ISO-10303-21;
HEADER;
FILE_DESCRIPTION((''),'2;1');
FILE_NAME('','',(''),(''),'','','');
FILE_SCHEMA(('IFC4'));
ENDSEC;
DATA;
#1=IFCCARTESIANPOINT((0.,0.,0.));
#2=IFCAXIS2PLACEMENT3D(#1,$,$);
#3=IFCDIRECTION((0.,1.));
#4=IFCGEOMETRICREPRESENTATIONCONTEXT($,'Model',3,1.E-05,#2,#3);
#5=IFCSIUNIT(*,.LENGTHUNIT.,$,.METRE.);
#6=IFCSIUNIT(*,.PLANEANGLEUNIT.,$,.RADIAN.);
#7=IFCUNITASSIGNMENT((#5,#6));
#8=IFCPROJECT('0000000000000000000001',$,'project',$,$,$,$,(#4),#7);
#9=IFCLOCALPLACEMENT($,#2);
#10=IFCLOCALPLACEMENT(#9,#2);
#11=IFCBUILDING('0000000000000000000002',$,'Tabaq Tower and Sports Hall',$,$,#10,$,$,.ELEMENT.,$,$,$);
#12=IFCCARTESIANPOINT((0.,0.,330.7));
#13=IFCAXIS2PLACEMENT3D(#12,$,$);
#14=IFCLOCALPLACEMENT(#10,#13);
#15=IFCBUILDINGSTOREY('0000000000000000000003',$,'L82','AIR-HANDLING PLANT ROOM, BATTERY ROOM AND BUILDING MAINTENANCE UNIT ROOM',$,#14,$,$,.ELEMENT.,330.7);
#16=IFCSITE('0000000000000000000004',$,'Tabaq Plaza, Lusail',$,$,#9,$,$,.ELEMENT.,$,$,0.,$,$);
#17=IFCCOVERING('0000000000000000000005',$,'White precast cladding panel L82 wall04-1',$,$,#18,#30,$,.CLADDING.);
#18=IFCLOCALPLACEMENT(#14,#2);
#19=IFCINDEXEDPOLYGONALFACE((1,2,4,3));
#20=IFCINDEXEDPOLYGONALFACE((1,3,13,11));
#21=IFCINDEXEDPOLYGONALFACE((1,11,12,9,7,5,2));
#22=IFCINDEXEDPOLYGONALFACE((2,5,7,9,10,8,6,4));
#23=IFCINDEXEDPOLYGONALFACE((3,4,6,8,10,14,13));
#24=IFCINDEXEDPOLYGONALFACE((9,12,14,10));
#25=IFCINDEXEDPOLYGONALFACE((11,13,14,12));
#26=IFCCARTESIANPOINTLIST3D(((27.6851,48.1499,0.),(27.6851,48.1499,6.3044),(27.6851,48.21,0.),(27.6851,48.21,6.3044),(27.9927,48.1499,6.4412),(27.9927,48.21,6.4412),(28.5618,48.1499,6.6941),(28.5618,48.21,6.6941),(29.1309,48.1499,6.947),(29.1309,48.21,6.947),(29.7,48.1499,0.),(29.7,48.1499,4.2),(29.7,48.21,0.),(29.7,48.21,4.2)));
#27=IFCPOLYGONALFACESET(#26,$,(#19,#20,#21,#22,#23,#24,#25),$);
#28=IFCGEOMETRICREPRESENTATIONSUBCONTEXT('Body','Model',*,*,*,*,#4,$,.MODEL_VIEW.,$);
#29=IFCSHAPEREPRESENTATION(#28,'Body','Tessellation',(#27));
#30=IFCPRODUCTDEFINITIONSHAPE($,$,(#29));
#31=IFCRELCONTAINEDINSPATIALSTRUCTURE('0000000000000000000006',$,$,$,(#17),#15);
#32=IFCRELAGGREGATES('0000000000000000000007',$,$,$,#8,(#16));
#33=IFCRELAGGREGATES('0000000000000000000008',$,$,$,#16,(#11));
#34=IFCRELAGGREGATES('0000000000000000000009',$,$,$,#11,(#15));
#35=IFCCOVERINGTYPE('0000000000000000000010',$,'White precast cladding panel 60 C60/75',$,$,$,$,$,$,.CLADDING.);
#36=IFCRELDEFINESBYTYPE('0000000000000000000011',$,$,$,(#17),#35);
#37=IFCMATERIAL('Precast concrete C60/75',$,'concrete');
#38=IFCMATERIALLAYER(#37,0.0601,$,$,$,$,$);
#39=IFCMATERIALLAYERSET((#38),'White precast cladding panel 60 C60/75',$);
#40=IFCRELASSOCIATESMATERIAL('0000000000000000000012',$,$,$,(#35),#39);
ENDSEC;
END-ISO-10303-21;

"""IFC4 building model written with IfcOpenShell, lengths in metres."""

from ifc_helpers import new_model, si_unit, direction, frame, origin, place, context, subcontext, project, spatial, polyline, outline, extrude, material, layer, layer_set, type_object, element, save


model = new_model("IFC4")

# Units and contexts
model_context = context("Model", 3, precision=1e-05, world=origin(), true_north=direction((0.0, 1.0)))
body_context = subcontext(model_context, "Body", "Model", "MODEL_VIEW")
ifc_project = project(units=[si_unit("LENGTHUNIT", "METRE"), si_unit("PLANEANGLEUNIT", "RADIAN")], contexts=[model_context])

# Site, building, storey
site_placement = place(None, origin())
site = spatial("IfcSite", under=ifc_project, at=site_placement, Name="Tabaq Plaza, Lusail", CompositionType="ELEMENT", RefElevation=0.0)
building_placement = place(site_placement, origin())
building = spatial("IfcBuilding", under=site, at=building_placement, Name="Tabaq Tower and Sports Hall", CompositionType="ELEMENT")
storey_placement = place(building_placement, frame((0.0, 0.0, 330.7)))
storey = spatial("IfcBuildingStorey", under=building, at=storey_placement, Name="L82", Description="AIR-HANDLING PLANT ROOM, BATTERY ROOM AND BUILDING MAINTENANCE UNIT ROOM", CompositionType="ELEMENT", Elevation=330.7)

# Covering
ifc_material_1 = material(Name="Precast concrete C60/75", Category="concrete")
ifc_layer_1 = layer(ifc_material_1, 0.0601)
ifc_layer_set_1 = layer_set([ifc_layer_1], Name="White precast cladding panel 60 C60/75")
covering_type_1 = type_object("IfcCoveringType", Name="White precast cladding panel 60 C60/75", PredefinedType="CLADDING", material=ifc_layer_set_1)
covering_1_placement = place(storey_placement, frame((29.7, 48.1799, 0.0), z_axis=(0.0, 0.0, 1.0), x_axis=(-1.0, 0.0, 0.0)))
element("IfcCovering", 1, at=covering_1_placement, inside=storey, type_object=covering_type_1, Name="White precast cladding panel L82 wall04-1", PredefinedType="CLADDING", context=body_context, shape_type="SweptSolid", body=[
    extrude(outline(polyline([(0.0, 0.0), (2.0149, 0.0), (2.0149, 6.3044), (1.7073, 6.4412), (1.1382, 6.6941), (0.5691, 6.947), (0.0, 4.2), (0.0, 0.0)])), frame((0.0, 0.03, 0.0), z_axis=(0.0, -1.0, 0.0), x_axis=(1.0, 0.0, 0.0)), (0.0, 0.0, 1.0), 0.0601),
])

save(model, "model.ifc")
